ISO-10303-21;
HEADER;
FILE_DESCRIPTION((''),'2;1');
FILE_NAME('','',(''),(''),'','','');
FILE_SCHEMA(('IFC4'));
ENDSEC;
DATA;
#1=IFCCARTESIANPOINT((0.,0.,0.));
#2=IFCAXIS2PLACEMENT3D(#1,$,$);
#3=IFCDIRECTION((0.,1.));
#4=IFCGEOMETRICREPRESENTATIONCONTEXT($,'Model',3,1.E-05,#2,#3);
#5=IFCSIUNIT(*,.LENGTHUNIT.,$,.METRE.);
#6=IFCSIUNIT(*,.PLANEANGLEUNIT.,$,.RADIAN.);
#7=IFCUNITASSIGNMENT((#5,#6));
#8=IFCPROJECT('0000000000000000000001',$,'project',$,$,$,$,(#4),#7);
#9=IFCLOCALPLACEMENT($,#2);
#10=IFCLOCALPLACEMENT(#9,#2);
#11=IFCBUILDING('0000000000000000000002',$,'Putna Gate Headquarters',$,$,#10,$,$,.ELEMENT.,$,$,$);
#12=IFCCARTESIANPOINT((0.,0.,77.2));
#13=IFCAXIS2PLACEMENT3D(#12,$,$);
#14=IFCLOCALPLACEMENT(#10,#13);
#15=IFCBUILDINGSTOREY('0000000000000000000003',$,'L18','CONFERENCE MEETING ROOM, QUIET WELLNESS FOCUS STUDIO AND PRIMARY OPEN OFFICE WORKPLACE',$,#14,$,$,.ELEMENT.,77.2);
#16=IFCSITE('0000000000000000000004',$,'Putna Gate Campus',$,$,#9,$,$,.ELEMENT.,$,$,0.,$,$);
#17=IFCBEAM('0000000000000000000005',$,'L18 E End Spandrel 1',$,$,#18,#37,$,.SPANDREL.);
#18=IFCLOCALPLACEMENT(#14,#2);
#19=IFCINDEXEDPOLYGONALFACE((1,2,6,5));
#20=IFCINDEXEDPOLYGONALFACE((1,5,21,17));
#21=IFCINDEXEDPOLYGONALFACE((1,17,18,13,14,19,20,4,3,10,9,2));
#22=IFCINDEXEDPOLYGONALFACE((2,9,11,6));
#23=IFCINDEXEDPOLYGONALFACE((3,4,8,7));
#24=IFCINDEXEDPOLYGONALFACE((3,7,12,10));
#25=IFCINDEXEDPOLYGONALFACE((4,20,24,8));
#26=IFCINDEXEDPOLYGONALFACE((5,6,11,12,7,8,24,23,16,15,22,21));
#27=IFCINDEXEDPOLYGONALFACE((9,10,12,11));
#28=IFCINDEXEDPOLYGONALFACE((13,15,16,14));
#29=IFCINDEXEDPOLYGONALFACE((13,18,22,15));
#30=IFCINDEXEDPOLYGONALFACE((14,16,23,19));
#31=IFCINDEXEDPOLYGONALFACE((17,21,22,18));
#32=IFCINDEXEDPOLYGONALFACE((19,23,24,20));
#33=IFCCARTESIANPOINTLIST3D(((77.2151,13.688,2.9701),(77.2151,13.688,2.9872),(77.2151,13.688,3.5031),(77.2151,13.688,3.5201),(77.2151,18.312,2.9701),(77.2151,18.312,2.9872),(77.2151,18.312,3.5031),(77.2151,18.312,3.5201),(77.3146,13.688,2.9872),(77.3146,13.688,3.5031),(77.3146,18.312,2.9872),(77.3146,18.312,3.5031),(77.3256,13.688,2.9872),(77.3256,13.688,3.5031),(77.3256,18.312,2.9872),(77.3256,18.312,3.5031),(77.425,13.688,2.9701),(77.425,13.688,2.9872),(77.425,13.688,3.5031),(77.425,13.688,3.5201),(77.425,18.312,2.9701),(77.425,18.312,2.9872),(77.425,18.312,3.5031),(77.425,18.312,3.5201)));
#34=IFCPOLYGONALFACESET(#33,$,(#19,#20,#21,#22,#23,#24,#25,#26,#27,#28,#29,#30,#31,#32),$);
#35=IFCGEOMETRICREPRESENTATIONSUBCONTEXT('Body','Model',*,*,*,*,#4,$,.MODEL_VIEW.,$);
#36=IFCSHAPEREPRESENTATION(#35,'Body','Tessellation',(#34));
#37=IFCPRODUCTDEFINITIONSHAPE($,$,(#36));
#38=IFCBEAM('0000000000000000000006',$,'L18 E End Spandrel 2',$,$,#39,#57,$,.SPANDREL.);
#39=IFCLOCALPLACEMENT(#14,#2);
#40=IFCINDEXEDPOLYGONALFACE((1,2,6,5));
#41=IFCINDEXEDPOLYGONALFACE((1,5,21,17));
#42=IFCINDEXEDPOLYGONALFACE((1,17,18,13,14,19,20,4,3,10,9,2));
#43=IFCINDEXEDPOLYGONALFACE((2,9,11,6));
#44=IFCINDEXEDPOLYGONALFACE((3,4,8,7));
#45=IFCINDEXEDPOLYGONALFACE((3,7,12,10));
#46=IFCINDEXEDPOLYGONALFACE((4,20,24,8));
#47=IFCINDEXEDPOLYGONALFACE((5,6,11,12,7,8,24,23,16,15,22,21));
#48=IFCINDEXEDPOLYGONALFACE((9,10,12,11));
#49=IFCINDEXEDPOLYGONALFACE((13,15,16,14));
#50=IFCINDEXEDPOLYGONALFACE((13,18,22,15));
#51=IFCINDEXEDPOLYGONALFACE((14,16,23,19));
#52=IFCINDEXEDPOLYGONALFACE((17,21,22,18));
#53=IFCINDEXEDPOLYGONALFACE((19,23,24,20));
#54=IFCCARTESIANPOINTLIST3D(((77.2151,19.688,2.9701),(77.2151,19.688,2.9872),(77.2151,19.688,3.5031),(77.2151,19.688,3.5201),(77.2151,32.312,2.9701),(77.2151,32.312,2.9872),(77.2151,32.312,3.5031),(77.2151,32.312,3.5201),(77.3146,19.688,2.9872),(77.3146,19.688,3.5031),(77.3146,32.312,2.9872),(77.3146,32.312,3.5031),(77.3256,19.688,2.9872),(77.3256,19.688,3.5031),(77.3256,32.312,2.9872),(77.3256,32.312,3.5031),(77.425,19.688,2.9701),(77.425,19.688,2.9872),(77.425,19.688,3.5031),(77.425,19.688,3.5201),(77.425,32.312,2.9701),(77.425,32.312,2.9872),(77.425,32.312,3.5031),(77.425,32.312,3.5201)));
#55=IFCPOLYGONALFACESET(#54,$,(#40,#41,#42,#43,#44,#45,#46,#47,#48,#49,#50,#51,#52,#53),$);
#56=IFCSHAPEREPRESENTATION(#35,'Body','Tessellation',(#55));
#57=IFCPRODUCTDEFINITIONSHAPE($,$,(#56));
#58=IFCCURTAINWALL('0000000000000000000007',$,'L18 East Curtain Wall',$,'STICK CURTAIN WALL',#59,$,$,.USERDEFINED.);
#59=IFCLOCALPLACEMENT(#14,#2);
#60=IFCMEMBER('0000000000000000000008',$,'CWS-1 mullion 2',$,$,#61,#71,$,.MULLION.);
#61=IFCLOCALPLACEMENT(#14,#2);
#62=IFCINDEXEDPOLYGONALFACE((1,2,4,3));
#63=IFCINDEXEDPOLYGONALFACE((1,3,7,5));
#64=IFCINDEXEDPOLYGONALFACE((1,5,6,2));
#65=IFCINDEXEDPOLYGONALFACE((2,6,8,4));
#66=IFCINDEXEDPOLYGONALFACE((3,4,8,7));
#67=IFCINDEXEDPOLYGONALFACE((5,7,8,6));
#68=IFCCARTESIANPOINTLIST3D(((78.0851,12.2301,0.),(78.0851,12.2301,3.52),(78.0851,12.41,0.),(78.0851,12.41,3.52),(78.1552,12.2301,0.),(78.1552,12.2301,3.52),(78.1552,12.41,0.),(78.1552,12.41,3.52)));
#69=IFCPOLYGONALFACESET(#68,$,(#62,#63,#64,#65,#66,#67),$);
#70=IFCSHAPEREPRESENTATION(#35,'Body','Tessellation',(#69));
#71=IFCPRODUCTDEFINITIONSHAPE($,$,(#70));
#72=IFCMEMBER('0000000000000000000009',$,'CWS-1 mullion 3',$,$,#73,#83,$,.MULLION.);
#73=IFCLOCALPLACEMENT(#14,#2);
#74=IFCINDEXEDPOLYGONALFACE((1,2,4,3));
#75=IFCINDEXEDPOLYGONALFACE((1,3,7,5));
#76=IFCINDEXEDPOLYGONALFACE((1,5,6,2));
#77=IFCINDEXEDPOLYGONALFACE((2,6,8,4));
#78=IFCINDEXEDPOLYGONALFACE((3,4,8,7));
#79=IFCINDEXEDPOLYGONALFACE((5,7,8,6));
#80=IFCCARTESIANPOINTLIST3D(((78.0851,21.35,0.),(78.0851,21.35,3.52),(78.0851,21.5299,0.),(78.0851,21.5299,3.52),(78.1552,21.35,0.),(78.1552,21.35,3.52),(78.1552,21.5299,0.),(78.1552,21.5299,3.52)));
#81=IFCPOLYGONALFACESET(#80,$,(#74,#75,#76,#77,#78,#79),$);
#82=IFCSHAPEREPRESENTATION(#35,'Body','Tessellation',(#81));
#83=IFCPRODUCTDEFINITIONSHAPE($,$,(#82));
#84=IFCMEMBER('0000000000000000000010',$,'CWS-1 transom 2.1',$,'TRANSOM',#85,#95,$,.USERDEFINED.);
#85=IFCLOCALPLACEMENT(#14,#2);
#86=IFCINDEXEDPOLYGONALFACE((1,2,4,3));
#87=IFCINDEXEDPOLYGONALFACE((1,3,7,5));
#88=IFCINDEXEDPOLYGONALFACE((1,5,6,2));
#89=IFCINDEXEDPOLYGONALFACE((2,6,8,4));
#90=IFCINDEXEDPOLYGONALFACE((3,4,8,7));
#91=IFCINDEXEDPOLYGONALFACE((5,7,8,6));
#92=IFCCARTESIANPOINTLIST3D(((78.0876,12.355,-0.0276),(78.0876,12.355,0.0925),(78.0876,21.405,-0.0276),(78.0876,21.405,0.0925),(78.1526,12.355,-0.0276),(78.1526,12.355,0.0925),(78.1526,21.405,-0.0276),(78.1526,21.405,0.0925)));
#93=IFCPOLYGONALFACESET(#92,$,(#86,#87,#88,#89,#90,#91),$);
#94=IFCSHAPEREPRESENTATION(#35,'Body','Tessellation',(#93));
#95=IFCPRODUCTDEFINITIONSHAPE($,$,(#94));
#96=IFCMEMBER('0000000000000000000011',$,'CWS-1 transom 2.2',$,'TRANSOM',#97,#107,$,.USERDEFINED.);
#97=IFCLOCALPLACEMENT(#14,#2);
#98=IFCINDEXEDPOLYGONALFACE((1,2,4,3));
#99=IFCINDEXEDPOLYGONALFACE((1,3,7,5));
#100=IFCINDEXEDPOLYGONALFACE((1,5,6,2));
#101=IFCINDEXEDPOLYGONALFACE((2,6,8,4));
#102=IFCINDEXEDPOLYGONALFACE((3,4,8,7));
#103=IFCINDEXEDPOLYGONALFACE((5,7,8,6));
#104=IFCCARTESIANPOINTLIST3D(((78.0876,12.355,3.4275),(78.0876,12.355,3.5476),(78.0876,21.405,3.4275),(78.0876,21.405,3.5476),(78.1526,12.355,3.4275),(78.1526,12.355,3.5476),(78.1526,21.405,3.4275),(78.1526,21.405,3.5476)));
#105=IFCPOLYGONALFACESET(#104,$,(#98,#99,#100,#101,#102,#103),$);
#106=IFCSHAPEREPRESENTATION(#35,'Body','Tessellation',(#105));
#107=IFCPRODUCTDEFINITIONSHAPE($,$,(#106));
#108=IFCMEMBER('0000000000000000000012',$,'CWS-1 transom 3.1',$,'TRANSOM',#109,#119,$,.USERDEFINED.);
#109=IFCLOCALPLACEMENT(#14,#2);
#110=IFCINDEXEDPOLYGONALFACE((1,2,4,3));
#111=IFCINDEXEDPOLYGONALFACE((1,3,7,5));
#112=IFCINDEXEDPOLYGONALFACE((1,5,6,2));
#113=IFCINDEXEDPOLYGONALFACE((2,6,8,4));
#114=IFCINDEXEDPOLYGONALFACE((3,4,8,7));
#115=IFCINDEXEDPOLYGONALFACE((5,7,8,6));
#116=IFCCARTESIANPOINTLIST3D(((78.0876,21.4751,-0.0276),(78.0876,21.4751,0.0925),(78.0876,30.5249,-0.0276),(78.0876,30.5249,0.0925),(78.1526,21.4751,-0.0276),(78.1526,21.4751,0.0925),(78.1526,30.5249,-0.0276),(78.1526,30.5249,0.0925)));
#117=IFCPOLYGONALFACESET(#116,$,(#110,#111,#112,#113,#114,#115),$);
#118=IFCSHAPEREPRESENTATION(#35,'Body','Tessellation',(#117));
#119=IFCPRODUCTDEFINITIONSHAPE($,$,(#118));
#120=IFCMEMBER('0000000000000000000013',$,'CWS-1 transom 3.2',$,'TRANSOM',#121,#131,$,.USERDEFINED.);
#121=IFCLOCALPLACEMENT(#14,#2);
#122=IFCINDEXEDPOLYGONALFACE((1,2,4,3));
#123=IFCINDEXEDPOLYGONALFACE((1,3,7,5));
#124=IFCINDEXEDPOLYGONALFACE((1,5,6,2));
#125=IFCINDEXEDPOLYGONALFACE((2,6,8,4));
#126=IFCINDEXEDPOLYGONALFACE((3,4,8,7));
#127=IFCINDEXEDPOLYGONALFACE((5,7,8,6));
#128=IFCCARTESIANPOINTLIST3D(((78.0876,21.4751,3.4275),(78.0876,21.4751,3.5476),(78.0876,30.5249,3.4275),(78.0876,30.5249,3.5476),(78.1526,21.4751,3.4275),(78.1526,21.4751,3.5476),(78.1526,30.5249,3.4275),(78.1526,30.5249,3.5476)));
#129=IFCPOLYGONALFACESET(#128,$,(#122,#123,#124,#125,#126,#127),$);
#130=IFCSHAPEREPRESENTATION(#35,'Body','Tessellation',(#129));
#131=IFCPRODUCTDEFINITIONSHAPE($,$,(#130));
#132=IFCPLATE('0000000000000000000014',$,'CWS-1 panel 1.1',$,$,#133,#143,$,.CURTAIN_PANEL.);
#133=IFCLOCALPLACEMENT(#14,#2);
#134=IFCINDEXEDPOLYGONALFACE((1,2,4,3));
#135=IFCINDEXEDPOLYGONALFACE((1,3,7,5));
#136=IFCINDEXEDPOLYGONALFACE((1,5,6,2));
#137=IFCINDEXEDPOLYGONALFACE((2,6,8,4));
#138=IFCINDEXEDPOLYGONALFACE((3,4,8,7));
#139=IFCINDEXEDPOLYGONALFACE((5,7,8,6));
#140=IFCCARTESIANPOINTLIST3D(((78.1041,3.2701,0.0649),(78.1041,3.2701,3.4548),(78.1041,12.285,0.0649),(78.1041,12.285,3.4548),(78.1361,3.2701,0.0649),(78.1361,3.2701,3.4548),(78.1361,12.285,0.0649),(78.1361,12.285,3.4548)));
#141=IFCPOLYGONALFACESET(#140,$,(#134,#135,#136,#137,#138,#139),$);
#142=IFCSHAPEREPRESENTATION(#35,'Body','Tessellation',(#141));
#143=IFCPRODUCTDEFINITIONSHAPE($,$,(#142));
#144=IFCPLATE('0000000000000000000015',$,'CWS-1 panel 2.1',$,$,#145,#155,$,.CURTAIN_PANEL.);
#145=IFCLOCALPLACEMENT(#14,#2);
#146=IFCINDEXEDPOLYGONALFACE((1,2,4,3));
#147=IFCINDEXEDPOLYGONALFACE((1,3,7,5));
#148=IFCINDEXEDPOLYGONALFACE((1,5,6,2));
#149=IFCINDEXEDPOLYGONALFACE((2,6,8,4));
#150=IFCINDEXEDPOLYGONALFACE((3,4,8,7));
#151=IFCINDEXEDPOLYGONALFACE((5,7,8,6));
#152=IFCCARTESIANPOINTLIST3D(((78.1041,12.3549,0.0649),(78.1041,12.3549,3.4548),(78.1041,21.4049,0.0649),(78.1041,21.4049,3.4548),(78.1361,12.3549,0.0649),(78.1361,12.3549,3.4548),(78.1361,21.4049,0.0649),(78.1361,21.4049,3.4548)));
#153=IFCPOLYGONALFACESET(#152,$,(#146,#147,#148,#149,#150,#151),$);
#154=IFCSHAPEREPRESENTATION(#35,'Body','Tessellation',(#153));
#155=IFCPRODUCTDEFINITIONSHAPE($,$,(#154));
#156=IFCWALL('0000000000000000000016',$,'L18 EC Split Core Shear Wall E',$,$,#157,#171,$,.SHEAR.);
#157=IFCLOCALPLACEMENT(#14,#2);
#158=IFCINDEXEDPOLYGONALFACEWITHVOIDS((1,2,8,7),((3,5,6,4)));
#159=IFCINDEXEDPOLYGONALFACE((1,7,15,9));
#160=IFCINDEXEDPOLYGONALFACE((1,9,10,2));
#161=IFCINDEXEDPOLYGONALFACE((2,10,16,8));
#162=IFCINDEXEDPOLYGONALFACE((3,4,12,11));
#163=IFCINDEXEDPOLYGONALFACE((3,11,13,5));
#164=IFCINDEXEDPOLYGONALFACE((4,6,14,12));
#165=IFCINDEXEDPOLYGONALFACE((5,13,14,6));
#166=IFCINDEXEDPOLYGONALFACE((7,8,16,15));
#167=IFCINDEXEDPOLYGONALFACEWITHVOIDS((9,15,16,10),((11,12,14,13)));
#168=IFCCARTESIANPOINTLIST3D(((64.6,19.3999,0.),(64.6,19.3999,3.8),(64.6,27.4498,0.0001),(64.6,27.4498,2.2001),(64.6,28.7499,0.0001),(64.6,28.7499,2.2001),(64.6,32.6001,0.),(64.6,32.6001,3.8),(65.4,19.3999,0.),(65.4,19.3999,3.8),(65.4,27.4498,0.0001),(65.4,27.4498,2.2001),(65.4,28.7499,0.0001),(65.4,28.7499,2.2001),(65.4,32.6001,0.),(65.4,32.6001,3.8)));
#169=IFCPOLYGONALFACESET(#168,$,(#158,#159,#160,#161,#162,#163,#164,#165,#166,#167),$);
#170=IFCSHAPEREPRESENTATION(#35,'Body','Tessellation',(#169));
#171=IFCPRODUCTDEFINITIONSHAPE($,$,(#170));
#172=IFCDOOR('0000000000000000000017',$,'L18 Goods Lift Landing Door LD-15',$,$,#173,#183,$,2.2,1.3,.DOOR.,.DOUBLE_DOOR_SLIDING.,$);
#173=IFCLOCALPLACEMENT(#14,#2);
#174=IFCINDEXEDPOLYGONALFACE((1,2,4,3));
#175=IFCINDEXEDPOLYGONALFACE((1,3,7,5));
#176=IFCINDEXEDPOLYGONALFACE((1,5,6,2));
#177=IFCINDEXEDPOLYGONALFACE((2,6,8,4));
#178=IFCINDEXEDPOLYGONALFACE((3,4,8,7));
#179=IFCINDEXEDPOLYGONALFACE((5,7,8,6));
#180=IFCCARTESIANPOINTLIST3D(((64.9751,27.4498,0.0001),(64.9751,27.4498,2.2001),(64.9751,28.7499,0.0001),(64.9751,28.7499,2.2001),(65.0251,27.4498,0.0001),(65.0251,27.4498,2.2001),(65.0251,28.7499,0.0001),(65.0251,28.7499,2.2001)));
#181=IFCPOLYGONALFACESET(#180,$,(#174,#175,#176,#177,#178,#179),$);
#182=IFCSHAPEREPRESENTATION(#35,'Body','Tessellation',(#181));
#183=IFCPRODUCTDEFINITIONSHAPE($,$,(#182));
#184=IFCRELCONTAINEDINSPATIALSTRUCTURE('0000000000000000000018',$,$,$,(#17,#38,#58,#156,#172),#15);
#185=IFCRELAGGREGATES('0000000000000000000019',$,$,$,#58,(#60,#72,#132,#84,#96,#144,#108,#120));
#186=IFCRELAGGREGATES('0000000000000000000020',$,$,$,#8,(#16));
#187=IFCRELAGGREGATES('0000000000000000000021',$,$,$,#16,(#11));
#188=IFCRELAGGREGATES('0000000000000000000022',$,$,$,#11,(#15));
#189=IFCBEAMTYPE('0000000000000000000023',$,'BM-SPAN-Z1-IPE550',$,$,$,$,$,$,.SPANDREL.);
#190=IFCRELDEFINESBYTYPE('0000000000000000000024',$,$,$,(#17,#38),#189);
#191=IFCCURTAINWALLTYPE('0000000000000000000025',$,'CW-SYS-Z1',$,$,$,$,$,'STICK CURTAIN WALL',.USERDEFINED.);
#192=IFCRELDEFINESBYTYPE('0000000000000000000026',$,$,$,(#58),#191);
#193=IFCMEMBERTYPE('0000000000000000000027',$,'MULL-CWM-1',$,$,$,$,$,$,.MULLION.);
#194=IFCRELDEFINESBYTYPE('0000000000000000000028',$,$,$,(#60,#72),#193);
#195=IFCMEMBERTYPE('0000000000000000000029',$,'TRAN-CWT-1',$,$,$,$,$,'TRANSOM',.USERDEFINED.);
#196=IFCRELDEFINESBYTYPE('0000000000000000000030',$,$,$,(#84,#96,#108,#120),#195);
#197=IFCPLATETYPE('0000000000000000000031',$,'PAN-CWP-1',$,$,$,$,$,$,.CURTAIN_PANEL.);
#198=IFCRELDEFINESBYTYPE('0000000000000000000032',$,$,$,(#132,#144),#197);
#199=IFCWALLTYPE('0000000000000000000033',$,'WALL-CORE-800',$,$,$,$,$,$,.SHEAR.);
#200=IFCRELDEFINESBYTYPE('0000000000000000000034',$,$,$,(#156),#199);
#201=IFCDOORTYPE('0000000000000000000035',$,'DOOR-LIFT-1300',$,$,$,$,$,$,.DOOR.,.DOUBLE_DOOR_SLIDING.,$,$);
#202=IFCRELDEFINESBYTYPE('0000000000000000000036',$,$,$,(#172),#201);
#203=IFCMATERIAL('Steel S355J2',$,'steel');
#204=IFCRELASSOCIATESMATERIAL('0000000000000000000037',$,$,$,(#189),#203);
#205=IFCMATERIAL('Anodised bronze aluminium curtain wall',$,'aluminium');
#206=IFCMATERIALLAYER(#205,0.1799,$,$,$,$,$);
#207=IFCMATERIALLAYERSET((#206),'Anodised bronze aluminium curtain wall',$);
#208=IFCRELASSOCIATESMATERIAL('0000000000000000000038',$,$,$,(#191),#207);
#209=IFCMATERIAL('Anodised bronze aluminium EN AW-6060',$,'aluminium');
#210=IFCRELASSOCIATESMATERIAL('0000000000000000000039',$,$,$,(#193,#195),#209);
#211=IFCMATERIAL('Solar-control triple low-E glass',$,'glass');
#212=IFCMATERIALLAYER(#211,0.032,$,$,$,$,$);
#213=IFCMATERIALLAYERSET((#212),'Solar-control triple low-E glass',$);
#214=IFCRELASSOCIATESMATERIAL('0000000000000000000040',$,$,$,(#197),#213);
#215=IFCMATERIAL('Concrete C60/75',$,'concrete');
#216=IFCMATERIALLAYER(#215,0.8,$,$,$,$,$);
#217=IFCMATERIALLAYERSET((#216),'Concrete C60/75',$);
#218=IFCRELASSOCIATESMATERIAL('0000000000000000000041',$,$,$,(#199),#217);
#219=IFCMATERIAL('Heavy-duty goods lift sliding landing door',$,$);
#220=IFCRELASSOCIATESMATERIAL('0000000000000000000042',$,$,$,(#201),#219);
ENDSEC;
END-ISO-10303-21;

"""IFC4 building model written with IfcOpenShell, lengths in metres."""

from ifc_helpers import new_model, si_unit, direction, frame, frame_2d, origin, origin_2d, place, context, subcontext, project, spatial, rectangle, i_section, extrude, material, layer, layer_set, material_profile, profile_set, type_object, element, fill, aggregate, save


model = new_model("IFC4")

# Units and contexts
model_context = context("Model", 3, precision=1e-05, world=origin(), true_north=direction((0.0, 1.0)))
body_context = subcontext(model_context, "Body", "Model", "MODEL_VIEW")
ifc_project = project(units=[si_unit("LENGTHUNIT", "METRE"), si_unit("PLANEANGLEUNIT", "RADIAN")], contexts=[model_context])

# Site, building, storey
site_placement = place(None, origin())
site = spatial("IfcSite", under=ifc_project, at=site_placement, Name="Putna Gate Campus", CompositionType="ELEMENT", RefElevation=0.0)
building_placement = place(site_placement, origin())
building = spatial("IfcBuilding", under=site, at=building_placement, Name="Putna Gate Headquarters", CompositionType="ELEMENT")
storey_placement = place(building_placement, frame((0.0, 0.0, 77.2)))
storey = spatial("IfcBuildingStorey", under=building, at=storey_placement, Name="L18", Description="CONFERENCE MEETING ROOM, QUIET WELLNESS FOCUS STUDIO AND PRIMARY OPEN OFFICE WORKPLACE", CompositionType="ELEMENT", Elevation=77.2)

# Shared definitions
ifc_material_1 = material(Name="Concrete C60/75", Category="concrete")

# Beams
ifc_material_2 = material(Name="Steel S355J2", Category="steel")
ifc_material_profile_1 = material_profile(ifc_material_2, i_section(OverallWidth=0.21, OverallDepth=0.55, WebThickness=0.011, FlangeThickness=0.0171, at=origin_2d()), Name="Steel S355J2")
ifc_profile_set_1 = profile_set([ifc_material_profile_1], Name="Steel S355J2")
beam_type_1 = type_object("IfcBeamType", Name="BM-SPAN-Z1-IPE550", PredefinedType="SPANDREL", material=ifc_profile_set_1)
beam_1_placement = place(storey_placement, frame((77.3201, 13.688, 3.2451), z_axis=(0.0, 1.0, 0.0), x_axis=(-1.0, 0.0, 0.0)))
element("IfcBeam", 1, at=beam_1_placement, inside=storey, type_object=beam_type_1, Name="L18 E End Spandrel 1", PredefinedType="SPANDREL", context=body_context, shape_type="SweptSolid", body=[
    extrude(i_section(OverallWidth=0.21, OverallDepth=0.55, WebThickness=0.011, FlangeThickness=0.0171, at=origin_2d()), origin(), (0.0, 0.0, 1.0), 4.624),
])
beam_2_placement = place(storey_placement, frame((77.3201, 19.688, 3.2451), z_axis=(0.0, 1.0, 0.0), x_axis=(-1.0, 0.0, 0.0)))
element("IfcBeam", 2, at=beam_2_placement, inside=storey, type_object=beam_type_1, Name="L18 E End Spandrel 2", PredefinedType="SPANDREL", context=body_context, shape_type="SweptSolid", body=[
    extrude(i_section(OverallWidth=0.21, OverallDepth=0.55, WebThickness=0.011, FlangeThickness=0.0171, at=origin_2d()), origin(), (0.0, 0.0, 1.0), 12.624),
])

# Curtain wall, members, plates
ifc_material_3 = material(Name="Anodised bronze aluminium curtain wall", Category="aluminium")
ifc_layer_1 = layer(ifc_material_3, 0.1799)
ifc_layer_set_1 = layer_set([ifc_layer_1], Name="Anodised bronze aluminium curtain wall")
curtain_wall_type = type_object("IfcCurtainWallType", Name="CW-SYS-Z1", ElementType="STICK CURTAIN WALL", PredefinedType="USERDEFINED", material=ifc_layer_set_1)
curtain_wall_placement = place(storey_placement, origin())
curtain_wall = element("IfcCurtainWall", 3, at=curtain_wall_placement, inside=storey, type_object=curtain_wall_type, Name="L18 East Curtain Wall", ObjectType="STICK CURTAIN WALL", PredefinedType="USERDEFINED")
ifc_material_4 = material(Name="Anodised bronze aluminium EN AW-6060", Category="aluminium")
ifc_material_profile_2 = material_profile(ifc_material_4, rectangle(XDim=0.0701, YDim=0.1799, at=origin_2d()), Name="Anodised bronze aluminium EN AW-6060")
ifc_profile_set_2 = profile_set([ifc_material_profile_2], Name="Anodised bronze aluminium EN AW-6060")
member_type_1 = type_object("IfcMemberType", Name="MULL-CWM-1", PredefinedType="MULLION", material=ifc_profile_set_2)
member_1_placement = place(storey_placement, frame((78.1201, 12.3201, 0.0), z_axis=(0.0, 0.0, 1.0), x_axis=(-1.0, 0.0, 0.0)))
member_1 = element("IfcMember", 4, at=member_1_placement, type_object=member_type_1, Name="CWS-1 mullion 2", PredefinedType="MULLION", context=body_context, shape_type="SweptSolid", body=[
    extrude(rectangle(XDim=0.0701, YDim=0.1799, at=origin_2d()), origin(), (0.0, 0.0, 1.0), 3.52),
])
member_2_placement = place(storey_placement, frame((78.1201, 21.4399, 0.0), z_axis=(0.0, 0.0, 1.0), x_axis=(-1.0, 0.0, 0.0)))
member_2 = element("IfcMember", 5, at=member_2_placement, type_object=member_type_1, Name="CWS-1 mullion 3", PredefinedType="MULLION", context=body_context, shape_type="SweptSolid", body=[
    extrude(rectangle(XDim=0.0701, YDim=0.1799, at=origin_2d()), origin(), (0.0, 0.0, 1.0), 3.52),
])
ifc_material_profile_3 = material_profile(ifc_material_4, rectangle(XDim=0.0649, YDim=0.1201, at=origin_2d()), Name="Anodised bronze aluminium EN AW-6060")
ifc_profile_set_3 = profile_set([ifc_material_profile_3], Name="Anodised bronze aluminium EN AW-6060")
member_type_2 = type_object("IfcMemberType", Name="TRAN-CWT-1", ElementType="TRANSOM", PredefinedType="USERDEFINED", material=ifc_profile_set_3)
member_3_placement = place(storey_placement, frame((78.1201, 12.355, 0.0325), z_axis=(0.0, 1.0, 0.0), x_axis=(-1.0, 0.0, 0.0)))
member_3 = element("IfcMember", 6, at=member_3_placement, type_object=member_type_2, Name="CWS-1 transom 2.1", ObjectType="TRANSOM", PredefinedType="USERDEFINED", context=body_context, shape_type="SweptSolid", body=[
    extrude(rectangle(XDim=0.0649, YDim=0.1201, at=origin_2d()), origin(), (0.0, 0.0, 1.0), 9.05),
])
member_4_placement = place(storey_placement, frame((78.1201, 12.355, 3.4875), z_axis=(0.0, 1.0, 0.0), x_axis=(-1.0, 0.0, 0.0)))
member_4 = element("IfcMember", 7, at=member_4_placement, type_object=member_type_2, Name="CWS-1 transom 2.2", ObjectType="TRANSOM", PredefinedType="USERDEFINED", context=body_context, shape_type="SweptSolid", body=[
    extrude(rectangle(XDim=0.0649, YDim=0.1201, at=origin_2d()), origin(), (0.0, 0.0, 1.0), 9.05),
])
member_5_placement = place(storey_placement, frame((78.1201, 21.4751, 0.0325), z_axis=(0.0, 1.0, 0.0), x_axis=(-1.0, 0.0, 0.0)))
member_5 = element("IfcMember", 8, at=member_5_placement, type_object=member_type_2, Name="CWS-1 transom 3.1", ObjectType="TRANSOM", PredefinedType="USERDEFINED", context=body_context, shape_type="SweptSolid", body=[
    extrude(rectangle(XDim=0.0649, YDim=0.1201, at=origin_2d()), origin(), (0.0, 0.0, 1.0), 9.0498),
])
member_6_placement = place(storey_placement, frame((78.1201, 21.4751, 3.4875), z_axis=(0.0, 1.0, 0.0), x_axis=(-1.0, 0.0, 0.0)))
member_6 = element("IfcMember", 9, at=member_6_placement, type_object=member_type_2, Name="CWS-1 transom 3.2", ObjectType="TRANSOM", PredefinedType="USERDEFINED", context=body_context, shape_type="SweptSolid", body=[
    extrude(rectangle(XDim=0.0649, YDim=0.1201, at=origin_2d()), origin(), (0.0, 0.0, 1.0), 9.0498),
])
ifc_material_5 = material(Name="Solar-control triple low-E glass", Category="glass")
ifc_layer_2 = layer(ifc_material_5, 0.032)
ifc_layer_set_2 = layer_set([ifc_layer_2], Name="Solar-control triple low-E glass")
plate_type = type_object("IfcPlateType", Name="PAN-CWP-1", PredefinedType="CURTAIN_PANEL", material=ifc_layer_set_2)
plate_1_placement = place(storey_placement, frame((78.1201, 7.7776, 0.0649), z_axis=(0.0, 0.0, 1.0), x_axis=(0.0, 1.0, 0.0)))
plate_1 = element("IfcPlate", 10, at=plate_1_placement, type_object=plate_type, Name="CWS-1 panel 1.1", PredefinedType="CURTAIN_PANEL", context=body_context, shape_type="SweptSolid", body=[
    extrude(rectangle(XDim=9.0149, YDim=0.032, at=origin_2d()), origin(), (0.0, 0.0, 1.0), 3.3899),
])
plate_2_placement = place(storey_placement, frame((78.1201, 16.8799, 0.0649), z_axis=(0.0, 0.0, 1.0), x_axis=(0.0, 1.0, 0.0)))
plate_2 = element("IfcPlate", 11, at=plate_2_placement, type_object=plate_type, Name="CWS-1 panel 2.1", PredefinedType="CURTAIN_PANEL", context=body_context, shape_type="SweptSolid", body=[
    extrude(rectangle(XDim=9.05, YDim=0.032, at=origin_2d()), origin(), (0.0, 0.0, 1.0), 3.3899),
])
aggregate(curtain_wall, [member_1, member_2, plate_1, member_3, member_4, plate_2, member_5, member_6])

# Wall, opening, door
ifc_layer_3 = layer(ifc_material_1, 0.8)
ifc_layer_set_3 = layer_set([ifc_layer_3], Name="Concrete C60/75")
wall_type_1 = type_object("IfcWallType", Name="WALL-CORE-800", PredefinedType="SHEAR", material=ifc_layer_set_3)
wall_1_placement = place(storey_placement, frame((65.0, 19.3999, 0.0), z_axis=(0.0, 0.0, 1.0), x_axis=(0.0, 1.0, 0.0)))
wall_1 = element("IfcWall", 12, at=wall_1_placement, inside=storey, type_object=wall_type_1, Name="L18 EC Split Core Shear Wall E", PredefinedType="SHEAR", context=body_context, shape_type="SweptSolid", body=[
    extrude(rectangle(XDim=13.2002, YDim=0.8, at=frame_2d((6.6001, 0.0))), origin(), (0.0, 0.0, 1.0), 3.8),
])
opening_1_placement = place(wall_1_placement, frame((8.05, 0.0, 0.0)))
opening_1 = element("IfcOpeningElement", 13, at=opening_1_placement, cuts=wall_1, PredefinedType="OPENING", context=body_context, shape_type="SweptSolid", body=[
    extrude(rectangle(XDim=1.3, YDim=2.2, at=frame_2d((0.6499, 1.1001))), frame((0.0, 0.4099, 0.0), z_axis=(0.0, -1.0, 0.0), x_axis=(1.0, 0.0, 0.0)), (0.0, 0.0, 1.0), 0.8201),
])
ifc_material_6 = material(Name="Heavy-duty goods lift sliding landing door")
door_type_1 = type_object("IfcDoorType", Name="DOOR-LIFT-1300", OperationType="DOUBLE_DOOR_SLIDING", PredefinedType="DOOR", material=ifc_material_6)
door_1_placement = place(opening_1_placement, origin())
door_1 = element("IfcDoor", 14, at=door_1_placement, inside=storey, type_object=door_type_1, Name="L18 Goods Lift Landing Door LD-15", OperationType="DOUBLE_DOOR_SLIDING", OverallHeight=2.2, OverallWidth=1.3, PredefinedType="DOOR", context=body_context, shape_type="SweptSolid", body=[
    extrude(rectangle(XDim=1.3, YDim=2.2, at=frame_2d((0.6499, 1.1001))), frame((0.0, 0.0249, 0.0), z_axis=(0.0, -1.0, 0.0), x_axis=(1.0, 0.0, 0.0)), (0.0, 0.0, 1.0), 0.05),
])
fill(opening_1, door_1)

save(model, "model.ifc")
